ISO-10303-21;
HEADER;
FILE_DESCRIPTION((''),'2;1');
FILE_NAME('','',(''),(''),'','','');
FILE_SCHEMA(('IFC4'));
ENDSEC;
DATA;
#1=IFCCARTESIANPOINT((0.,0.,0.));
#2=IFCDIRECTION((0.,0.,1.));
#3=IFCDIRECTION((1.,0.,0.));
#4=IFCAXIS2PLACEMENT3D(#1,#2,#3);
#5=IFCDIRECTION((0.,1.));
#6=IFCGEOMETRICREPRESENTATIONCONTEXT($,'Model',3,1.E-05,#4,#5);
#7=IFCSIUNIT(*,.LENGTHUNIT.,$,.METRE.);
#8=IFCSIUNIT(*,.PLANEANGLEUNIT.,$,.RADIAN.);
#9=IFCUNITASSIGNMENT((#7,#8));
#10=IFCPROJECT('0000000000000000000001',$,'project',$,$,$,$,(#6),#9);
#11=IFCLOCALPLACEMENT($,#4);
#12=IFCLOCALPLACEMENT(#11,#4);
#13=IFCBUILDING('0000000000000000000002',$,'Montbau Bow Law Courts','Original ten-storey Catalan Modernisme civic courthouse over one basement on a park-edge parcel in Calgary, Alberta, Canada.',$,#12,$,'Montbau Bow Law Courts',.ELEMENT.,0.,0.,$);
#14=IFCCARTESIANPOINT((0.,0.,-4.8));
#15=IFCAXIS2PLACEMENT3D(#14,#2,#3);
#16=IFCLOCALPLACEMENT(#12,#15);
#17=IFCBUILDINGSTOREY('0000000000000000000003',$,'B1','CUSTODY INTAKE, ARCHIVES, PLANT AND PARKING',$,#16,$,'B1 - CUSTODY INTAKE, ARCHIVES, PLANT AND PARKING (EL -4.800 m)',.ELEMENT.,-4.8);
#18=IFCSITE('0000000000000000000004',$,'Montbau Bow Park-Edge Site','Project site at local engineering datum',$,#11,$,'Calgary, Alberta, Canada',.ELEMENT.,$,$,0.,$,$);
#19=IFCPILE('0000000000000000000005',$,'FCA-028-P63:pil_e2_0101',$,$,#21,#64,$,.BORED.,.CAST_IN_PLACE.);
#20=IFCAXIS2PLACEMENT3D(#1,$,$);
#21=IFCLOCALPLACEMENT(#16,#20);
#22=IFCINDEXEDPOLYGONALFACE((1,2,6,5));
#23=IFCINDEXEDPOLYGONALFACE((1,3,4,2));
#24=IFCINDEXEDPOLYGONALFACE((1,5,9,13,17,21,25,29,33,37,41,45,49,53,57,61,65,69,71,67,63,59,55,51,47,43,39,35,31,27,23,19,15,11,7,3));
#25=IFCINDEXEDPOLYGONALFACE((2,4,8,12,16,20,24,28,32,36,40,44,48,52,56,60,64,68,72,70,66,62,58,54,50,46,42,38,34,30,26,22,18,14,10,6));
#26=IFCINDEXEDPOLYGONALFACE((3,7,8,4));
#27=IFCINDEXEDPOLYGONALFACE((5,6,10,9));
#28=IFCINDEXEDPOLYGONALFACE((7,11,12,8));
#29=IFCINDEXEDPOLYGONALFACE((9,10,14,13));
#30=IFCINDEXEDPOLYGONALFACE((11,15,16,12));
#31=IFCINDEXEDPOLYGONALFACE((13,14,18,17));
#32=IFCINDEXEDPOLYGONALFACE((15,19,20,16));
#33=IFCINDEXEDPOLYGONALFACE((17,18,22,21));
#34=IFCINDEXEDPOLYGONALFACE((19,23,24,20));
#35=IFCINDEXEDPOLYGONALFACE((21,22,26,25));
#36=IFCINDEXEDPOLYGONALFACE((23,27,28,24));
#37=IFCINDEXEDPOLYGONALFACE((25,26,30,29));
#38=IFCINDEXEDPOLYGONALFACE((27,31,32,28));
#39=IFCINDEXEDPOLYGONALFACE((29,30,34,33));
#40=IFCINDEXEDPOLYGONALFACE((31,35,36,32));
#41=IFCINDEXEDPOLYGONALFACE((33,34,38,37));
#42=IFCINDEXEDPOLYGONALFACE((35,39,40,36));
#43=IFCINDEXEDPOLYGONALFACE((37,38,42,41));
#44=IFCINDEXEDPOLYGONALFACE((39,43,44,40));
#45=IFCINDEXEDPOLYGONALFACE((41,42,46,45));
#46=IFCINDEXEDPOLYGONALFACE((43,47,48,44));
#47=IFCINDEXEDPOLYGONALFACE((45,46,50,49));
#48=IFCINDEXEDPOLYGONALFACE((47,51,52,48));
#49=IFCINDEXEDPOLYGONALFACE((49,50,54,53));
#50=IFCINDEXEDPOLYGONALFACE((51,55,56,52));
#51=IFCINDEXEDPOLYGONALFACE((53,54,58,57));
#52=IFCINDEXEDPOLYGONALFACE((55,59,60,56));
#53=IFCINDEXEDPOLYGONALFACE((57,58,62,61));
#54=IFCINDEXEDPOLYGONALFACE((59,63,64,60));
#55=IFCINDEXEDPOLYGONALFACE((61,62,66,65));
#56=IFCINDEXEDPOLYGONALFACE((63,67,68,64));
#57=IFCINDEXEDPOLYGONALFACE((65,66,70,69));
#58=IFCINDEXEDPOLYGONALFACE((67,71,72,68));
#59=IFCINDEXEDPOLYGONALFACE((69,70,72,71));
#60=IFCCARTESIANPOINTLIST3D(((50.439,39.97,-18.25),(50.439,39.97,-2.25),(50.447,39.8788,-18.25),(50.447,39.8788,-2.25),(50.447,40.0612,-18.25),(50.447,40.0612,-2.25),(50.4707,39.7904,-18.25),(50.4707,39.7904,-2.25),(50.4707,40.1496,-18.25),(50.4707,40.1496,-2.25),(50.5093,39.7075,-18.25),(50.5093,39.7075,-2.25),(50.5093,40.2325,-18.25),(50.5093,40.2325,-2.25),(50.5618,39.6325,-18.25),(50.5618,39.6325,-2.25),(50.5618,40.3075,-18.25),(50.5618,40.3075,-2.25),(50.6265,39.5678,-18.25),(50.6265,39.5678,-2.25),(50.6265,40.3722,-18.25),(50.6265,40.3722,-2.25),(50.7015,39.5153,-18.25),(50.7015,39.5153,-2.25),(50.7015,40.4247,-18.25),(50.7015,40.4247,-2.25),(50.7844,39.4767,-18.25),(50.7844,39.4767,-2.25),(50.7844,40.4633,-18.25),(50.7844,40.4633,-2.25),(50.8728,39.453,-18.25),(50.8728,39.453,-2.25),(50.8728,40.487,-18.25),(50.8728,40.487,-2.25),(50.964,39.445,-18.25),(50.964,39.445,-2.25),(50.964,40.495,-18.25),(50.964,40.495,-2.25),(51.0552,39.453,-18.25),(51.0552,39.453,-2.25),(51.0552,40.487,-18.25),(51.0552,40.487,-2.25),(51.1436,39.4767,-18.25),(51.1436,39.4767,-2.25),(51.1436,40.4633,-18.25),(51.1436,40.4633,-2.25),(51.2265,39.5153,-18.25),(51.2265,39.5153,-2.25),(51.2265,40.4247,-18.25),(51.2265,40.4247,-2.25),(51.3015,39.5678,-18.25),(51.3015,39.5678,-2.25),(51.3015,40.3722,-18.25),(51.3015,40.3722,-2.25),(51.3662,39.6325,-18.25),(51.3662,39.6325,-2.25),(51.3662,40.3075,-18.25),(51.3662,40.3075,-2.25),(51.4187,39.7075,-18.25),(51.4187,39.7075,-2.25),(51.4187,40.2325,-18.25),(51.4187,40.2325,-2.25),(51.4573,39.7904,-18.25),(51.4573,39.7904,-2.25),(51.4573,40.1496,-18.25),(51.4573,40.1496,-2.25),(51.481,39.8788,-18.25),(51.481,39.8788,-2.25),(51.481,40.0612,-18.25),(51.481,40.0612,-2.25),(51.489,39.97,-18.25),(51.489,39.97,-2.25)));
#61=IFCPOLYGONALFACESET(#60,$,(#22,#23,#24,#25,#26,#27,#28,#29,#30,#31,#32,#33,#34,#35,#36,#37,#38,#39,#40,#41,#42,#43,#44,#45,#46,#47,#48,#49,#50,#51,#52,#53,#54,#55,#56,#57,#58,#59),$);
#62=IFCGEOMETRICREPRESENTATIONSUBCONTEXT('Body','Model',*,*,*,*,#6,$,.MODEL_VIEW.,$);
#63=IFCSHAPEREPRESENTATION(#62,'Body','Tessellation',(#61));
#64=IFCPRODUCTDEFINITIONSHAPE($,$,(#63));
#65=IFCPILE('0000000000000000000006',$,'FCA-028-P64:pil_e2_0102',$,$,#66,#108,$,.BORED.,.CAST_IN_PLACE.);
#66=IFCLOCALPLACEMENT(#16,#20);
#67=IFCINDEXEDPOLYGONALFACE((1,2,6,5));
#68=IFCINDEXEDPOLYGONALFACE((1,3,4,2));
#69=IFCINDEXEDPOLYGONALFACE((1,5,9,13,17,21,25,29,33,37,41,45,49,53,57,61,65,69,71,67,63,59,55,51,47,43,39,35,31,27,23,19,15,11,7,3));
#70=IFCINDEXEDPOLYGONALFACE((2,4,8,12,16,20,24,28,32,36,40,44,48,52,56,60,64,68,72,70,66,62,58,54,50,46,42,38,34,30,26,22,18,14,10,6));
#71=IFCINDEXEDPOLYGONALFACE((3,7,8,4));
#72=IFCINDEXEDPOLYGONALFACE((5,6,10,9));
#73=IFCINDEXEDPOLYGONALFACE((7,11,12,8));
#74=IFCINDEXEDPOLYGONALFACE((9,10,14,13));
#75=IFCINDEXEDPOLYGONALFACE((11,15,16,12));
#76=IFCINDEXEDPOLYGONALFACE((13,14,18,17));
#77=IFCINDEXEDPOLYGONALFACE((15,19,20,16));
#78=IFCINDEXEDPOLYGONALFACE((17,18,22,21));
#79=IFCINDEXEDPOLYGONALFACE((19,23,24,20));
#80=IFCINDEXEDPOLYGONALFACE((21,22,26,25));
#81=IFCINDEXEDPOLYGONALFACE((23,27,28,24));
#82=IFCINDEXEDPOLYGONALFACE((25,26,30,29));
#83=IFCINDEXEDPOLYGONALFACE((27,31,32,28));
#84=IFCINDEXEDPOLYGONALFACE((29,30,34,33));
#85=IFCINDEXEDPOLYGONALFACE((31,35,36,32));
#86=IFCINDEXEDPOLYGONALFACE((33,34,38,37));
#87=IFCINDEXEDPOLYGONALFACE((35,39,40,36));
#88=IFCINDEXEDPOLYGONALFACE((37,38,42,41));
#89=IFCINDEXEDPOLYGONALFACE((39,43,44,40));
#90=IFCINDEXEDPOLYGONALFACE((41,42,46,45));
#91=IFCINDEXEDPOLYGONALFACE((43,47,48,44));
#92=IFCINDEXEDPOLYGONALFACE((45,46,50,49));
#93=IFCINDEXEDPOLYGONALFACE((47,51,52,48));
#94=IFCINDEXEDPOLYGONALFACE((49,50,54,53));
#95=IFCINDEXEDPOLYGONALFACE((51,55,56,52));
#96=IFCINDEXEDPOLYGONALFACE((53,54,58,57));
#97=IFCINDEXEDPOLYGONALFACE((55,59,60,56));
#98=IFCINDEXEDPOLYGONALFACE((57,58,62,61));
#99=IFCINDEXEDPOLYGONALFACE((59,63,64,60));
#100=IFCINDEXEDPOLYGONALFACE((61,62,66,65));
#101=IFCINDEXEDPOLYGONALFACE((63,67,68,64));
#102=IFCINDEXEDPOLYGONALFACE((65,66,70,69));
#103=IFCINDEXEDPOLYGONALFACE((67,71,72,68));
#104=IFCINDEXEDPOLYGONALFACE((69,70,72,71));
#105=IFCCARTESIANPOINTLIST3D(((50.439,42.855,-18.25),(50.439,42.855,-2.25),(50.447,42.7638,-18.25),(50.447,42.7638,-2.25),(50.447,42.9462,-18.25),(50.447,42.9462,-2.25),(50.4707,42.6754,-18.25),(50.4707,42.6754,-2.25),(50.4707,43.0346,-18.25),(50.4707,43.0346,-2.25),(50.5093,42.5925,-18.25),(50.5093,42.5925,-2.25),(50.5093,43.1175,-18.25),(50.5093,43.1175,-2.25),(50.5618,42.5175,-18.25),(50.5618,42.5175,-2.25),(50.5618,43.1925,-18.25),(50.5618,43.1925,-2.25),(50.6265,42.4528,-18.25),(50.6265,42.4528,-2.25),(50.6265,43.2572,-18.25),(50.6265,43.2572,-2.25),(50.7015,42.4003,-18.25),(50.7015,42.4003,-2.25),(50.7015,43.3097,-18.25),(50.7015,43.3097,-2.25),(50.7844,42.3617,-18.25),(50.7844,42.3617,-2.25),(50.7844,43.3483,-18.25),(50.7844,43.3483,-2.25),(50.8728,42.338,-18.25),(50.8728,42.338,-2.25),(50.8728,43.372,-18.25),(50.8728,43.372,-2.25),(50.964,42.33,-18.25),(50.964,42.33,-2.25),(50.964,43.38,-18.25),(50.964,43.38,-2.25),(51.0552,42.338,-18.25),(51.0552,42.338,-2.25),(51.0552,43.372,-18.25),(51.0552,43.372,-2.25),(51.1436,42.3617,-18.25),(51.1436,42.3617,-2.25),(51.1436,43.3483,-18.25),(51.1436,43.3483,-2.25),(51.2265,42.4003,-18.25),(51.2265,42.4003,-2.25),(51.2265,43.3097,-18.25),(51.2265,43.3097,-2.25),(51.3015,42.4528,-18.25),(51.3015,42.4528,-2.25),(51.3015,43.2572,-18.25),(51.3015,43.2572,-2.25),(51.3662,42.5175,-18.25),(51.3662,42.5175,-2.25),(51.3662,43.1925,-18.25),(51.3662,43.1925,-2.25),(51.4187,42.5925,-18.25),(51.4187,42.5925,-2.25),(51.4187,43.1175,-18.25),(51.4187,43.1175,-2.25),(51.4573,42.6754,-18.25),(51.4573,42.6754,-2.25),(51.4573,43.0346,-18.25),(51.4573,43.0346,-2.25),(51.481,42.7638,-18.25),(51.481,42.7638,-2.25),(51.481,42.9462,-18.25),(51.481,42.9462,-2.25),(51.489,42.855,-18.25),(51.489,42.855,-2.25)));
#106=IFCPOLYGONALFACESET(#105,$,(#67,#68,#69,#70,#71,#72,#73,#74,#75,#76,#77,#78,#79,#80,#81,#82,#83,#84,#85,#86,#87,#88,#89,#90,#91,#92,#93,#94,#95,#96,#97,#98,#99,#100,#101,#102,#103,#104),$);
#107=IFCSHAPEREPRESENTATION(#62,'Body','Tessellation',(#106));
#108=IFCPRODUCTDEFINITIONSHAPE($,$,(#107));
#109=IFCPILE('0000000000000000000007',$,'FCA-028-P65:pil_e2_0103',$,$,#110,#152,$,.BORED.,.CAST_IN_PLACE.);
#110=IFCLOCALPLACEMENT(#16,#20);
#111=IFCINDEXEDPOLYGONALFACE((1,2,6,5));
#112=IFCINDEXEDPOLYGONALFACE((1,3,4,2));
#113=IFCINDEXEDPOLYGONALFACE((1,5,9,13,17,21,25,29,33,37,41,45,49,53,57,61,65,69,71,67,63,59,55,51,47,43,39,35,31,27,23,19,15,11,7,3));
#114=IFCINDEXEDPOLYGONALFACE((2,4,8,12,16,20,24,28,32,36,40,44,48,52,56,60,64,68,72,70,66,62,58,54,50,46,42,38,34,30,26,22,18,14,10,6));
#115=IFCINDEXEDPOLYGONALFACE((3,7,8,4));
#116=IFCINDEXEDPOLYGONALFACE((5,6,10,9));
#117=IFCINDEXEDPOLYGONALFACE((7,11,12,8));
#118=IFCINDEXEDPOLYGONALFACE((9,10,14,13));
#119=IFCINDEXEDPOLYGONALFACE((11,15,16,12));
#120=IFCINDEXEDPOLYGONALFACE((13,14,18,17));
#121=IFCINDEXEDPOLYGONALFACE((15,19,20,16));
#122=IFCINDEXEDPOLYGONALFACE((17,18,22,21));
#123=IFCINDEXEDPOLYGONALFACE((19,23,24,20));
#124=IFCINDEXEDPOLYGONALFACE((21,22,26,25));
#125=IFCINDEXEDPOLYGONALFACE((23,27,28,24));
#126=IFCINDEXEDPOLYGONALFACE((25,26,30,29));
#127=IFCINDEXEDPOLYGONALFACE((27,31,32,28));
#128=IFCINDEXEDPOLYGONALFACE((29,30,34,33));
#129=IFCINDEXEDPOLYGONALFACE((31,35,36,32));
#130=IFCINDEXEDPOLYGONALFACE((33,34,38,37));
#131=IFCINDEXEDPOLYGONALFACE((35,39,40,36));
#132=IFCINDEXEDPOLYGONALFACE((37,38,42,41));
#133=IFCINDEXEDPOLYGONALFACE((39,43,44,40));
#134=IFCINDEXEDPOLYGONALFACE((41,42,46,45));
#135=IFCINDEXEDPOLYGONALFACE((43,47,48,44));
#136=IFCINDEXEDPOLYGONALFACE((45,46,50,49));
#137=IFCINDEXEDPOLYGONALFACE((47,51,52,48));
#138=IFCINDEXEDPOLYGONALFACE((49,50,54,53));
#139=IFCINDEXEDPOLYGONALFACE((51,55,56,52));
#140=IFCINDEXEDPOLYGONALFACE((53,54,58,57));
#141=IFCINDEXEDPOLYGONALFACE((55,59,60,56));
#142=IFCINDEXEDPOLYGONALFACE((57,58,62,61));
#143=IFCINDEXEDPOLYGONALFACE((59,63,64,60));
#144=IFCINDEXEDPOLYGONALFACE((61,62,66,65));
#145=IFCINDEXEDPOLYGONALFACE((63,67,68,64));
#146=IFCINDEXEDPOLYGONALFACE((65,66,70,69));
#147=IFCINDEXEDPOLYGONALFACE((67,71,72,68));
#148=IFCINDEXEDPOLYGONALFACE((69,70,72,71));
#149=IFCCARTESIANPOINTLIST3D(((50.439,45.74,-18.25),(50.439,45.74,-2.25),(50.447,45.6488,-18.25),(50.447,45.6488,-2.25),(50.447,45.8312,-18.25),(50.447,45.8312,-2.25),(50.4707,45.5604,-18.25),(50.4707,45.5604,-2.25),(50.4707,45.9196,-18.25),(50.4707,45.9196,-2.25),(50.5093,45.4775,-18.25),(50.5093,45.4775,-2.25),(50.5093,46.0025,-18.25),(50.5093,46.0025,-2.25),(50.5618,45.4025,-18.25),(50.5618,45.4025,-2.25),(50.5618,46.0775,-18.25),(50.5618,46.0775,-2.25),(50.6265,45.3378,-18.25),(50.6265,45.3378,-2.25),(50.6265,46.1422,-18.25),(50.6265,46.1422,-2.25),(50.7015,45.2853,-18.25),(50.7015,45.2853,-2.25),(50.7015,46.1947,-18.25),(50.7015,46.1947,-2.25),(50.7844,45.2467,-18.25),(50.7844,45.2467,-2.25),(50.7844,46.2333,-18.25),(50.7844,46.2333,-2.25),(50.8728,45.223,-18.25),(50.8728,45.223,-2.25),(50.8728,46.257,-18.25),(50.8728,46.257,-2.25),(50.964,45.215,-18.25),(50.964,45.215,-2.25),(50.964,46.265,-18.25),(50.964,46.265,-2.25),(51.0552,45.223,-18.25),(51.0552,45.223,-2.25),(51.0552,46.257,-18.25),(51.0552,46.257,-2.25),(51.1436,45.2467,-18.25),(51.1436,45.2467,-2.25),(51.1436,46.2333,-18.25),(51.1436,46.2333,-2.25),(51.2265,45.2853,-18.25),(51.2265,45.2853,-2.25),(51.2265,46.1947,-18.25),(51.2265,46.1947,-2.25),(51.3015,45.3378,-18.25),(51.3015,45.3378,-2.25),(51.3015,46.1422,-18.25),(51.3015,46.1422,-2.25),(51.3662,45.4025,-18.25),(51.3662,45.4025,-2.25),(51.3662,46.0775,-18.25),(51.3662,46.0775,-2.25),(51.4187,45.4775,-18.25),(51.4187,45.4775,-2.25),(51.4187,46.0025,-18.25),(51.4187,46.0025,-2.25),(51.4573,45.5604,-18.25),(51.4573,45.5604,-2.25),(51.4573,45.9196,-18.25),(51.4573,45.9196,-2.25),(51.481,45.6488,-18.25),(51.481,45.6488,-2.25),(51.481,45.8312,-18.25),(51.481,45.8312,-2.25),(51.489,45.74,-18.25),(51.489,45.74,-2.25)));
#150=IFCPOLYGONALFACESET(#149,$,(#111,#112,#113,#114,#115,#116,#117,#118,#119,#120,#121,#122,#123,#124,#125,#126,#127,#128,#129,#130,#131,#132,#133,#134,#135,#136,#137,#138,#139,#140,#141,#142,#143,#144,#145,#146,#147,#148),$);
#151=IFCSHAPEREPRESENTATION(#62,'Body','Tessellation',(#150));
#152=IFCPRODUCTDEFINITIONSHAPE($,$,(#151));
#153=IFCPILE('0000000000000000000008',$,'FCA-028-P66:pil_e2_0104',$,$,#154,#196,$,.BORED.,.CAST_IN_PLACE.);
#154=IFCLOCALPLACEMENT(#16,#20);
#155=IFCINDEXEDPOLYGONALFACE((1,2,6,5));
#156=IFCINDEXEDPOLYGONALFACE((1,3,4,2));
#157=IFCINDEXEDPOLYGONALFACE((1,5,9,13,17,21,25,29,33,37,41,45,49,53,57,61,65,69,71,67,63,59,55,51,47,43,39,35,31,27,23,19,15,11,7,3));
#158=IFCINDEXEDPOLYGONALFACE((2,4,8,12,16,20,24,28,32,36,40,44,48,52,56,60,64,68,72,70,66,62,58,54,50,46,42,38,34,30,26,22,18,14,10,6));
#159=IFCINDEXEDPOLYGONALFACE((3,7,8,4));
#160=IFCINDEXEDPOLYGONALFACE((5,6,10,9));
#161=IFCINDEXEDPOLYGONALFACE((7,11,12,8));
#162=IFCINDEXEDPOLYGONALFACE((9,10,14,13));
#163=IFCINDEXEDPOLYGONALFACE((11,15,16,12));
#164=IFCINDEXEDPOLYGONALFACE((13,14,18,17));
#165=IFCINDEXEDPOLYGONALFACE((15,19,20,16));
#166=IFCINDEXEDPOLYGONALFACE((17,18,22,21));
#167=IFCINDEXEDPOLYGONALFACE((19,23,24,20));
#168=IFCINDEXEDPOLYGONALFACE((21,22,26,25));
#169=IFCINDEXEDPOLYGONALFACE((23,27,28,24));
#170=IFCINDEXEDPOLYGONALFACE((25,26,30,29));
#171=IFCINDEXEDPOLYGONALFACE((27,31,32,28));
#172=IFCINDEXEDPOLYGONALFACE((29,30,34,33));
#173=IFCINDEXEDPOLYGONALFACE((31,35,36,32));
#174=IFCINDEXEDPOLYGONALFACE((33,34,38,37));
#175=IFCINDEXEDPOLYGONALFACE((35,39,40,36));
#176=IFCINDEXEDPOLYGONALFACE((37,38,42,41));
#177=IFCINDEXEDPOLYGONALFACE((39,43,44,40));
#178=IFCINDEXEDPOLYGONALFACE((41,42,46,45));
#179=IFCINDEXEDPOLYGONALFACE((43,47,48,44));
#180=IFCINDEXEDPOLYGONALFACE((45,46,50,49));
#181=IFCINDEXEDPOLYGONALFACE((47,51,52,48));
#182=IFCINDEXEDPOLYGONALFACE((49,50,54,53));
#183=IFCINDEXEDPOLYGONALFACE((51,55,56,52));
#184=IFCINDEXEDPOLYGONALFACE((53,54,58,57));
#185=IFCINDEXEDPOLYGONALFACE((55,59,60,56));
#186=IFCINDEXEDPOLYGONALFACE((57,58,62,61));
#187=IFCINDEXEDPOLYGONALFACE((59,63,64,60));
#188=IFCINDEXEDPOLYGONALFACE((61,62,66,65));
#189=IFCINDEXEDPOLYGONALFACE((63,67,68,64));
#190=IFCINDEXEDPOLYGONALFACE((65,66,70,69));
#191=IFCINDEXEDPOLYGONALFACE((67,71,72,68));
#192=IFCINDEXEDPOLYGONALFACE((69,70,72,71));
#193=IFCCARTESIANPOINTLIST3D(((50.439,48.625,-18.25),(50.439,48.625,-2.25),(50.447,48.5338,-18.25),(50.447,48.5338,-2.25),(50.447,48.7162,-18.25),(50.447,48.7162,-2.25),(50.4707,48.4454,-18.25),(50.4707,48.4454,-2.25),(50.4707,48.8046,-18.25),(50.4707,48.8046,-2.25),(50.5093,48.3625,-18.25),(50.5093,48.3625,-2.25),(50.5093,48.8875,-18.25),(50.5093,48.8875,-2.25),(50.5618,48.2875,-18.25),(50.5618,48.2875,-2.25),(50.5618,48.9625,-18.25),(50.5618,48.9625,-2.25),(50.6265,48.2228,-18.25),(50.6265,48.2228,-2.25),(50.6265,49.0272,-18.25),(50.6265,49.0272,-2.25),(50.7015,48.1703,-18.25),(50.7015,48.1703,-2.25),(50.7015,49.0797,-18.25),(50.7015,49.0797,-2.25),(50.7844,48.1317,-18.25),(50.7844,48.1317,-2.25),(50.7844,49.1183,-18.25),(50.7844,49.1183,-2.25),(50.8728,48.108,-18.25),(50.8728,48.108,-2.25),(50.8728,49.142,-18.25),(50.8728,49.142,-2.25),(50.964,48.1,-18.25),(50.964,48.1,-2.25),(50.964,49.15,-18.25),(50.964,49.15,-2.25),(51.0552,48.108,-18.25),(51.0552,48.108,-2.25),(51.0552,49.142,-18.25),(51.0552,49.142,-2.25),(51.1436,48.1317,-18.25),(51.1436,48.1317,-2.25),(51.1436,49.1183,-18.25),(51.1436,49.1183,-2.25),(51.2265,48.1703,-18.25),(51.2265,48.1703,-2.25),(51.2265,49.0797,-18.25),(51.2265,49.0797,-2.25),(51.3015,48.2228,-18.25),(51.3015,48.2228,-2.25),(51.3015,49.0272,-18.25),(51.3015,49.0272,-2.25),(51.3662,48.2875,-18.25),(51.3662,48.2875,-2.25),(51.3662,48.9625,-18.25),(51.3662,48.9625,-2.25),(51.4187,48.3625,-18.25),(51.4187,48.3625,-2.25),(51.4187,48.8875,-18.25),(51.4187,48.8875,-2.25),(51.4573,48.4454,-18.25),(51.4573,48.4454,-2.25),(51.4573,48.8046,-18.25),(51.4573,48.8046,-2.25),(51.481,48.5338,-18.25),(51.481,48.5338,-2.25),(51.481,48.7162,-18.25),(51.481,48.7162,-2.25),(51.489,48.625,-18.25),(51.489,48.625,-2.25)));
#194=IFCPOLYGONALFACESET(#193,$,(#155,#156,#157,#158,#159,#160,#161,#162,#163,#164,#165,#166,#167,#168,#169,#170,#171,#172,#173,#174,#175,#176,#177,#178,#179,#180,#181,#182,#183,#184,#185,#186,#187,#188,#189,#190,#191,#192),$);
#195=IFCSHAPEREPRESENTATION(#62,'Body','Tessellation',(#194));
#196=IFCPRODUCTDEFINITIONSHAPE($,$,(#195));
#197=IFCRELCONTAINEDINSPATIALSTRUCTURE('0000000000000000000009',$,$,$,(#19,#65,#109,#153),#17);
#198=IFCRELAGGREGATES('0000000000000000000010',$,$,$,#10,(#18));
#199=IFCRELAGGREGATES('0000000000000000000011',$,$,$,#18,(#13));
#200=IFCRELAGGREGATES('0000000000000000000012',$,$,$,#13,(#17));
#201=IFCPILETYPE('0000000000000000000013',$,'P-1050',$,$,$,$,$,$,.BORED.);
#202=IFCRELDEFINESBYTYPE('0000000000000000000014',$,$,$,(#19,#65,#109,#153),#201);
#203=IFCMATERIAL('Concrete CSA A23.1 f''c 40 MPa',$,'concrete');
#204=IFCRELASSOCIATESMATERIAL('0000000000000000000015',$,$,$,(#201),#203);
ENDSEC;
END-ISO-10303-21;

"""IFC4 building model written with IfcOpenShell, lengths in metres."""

from ifc_helpers import new_model, si_unit, direction, frame, origin_with_axes, origin_2d_with_axis, place, context, subcontext, project, spatial, circle, extrude, material, material_profile, profile_set, type_object, element, save


model = new_model("IFC4")

# Units and contexts
model_context = context("Model", 3, precision=1e-05, world=origin_with_axes(), true_north=direction((0.0, 1.0)))
body_context = subcontext(model_context, "Body", "Model", "MODEL_VIEW")
ifc_project = project(units=[si_unit("LENGTHUNIT", "METRE"), si_unit("PLANEANGLEUNIT", "RADIAN")], contexts=[model_context])

# Site, building, storey
site_placement = place(None, origin_with_axes())
site = spatial("IfcSite", under=ifc_project, at=site_placement, Name="Montbau Bow Park-Edge Site", Description="Project site at local engineering datum", LongName="Calgary, Alberta, Canada", CompositionType="ELEMENT", RefElevation=0.0)
building_placement = place(site_placement, origin_with_axes())
building = spatial("IfcBuilding", under=site, at=building_placement, Name="Montbau Bow Law Courts", Description="Original ten-storey Catalan Modernisme civic courthouse over one basement on a park-edge parcel in Calgary, Alberta, Canada.", LongName="Montbau Bow Law Courts", CompositionType="ELEMENT", ElevationOfRefHeight=0.0, ElevationOfTerrain=0.0)
storey_placement = place(building_placement, frame((0.0, 0.0, -4.8), z_axis=(0.0, 0.0, 1.0), x_axis=(1.0, 0.0, 0.0)))
storey = spatial("IfcBuildingStorey", under=building, at=storey_placement, Name="B1", Description="CUSTODY INTAKE, ARCHIVES, PLANT AND PARKING", LongName="B1 - CUSTODY INTAKE, ARCHIVES, PLANT AND PARKING (EL -4.800 m)", CompositionType="ELEMENT", Elevation=-4.8)

# Piles
ifc_material_1 = material(Name="Concrete CSA A23.1 f'c 40 MPa", Category="concrete")
ifc_material_profile_1 = material_profile(ifc_material_1, circle(Radius=0.525, at=origin_2d_with_axis()), Name="BP1050", Category="Main", Priority=0)
ifc_profile_set_1 = profile_set([ifc_material_profile_1], Name="Concrete CSA A23.1 f'c 40 MPa")
pile_type = type_object("IfcPileType", Name="P-1050", PredefinedType="BORED", material=ifc_profile_set_1)
for number, where, z_axis, x_axis, name in (
    (1, (50.964, 39.97, -23.05), (0.0, 0.0, 1.0), (1.0, 0.0, 0.0), "FCA-028-P63:pil_e2_0101"),
    (2, (50.964, 42.855, -23.05), (0.0, 0.0, 1.0), (1.0, 0.0, 0.0), "FCA-028-P64:pil_e2_0102"),
    (3, (50.964, 45.74, -23.05), (0.0, 0.0, 1.0), (1.0, 0.0, 0.0), "FCA-028-P65:pil_e2_0103"),
    (4, (50.964, 48.625, -23.05), (0.0, 0.0, 1.0), (1.0, 0.0, 0.0), "FCA-028-P66:pil_e2_0104"),
):
    element("IfcPile", number, at=place(None, frame(where, z_axis=z_axis, x_axis=x_axis)), inside=storey, type_object=pile_type, Name=name, ConstructionType="CAST_IN_PLACE", PredefinedType="BORED", context=body_context, shape_type="SweptSolid", body=[
        extrude(circle(Radius=0.525, at=origin_2d_with_axis()), origin_with_axes(), (0.0, 0.0, 1.0), 16.0),
    ])

save(model, "model.ifc")
